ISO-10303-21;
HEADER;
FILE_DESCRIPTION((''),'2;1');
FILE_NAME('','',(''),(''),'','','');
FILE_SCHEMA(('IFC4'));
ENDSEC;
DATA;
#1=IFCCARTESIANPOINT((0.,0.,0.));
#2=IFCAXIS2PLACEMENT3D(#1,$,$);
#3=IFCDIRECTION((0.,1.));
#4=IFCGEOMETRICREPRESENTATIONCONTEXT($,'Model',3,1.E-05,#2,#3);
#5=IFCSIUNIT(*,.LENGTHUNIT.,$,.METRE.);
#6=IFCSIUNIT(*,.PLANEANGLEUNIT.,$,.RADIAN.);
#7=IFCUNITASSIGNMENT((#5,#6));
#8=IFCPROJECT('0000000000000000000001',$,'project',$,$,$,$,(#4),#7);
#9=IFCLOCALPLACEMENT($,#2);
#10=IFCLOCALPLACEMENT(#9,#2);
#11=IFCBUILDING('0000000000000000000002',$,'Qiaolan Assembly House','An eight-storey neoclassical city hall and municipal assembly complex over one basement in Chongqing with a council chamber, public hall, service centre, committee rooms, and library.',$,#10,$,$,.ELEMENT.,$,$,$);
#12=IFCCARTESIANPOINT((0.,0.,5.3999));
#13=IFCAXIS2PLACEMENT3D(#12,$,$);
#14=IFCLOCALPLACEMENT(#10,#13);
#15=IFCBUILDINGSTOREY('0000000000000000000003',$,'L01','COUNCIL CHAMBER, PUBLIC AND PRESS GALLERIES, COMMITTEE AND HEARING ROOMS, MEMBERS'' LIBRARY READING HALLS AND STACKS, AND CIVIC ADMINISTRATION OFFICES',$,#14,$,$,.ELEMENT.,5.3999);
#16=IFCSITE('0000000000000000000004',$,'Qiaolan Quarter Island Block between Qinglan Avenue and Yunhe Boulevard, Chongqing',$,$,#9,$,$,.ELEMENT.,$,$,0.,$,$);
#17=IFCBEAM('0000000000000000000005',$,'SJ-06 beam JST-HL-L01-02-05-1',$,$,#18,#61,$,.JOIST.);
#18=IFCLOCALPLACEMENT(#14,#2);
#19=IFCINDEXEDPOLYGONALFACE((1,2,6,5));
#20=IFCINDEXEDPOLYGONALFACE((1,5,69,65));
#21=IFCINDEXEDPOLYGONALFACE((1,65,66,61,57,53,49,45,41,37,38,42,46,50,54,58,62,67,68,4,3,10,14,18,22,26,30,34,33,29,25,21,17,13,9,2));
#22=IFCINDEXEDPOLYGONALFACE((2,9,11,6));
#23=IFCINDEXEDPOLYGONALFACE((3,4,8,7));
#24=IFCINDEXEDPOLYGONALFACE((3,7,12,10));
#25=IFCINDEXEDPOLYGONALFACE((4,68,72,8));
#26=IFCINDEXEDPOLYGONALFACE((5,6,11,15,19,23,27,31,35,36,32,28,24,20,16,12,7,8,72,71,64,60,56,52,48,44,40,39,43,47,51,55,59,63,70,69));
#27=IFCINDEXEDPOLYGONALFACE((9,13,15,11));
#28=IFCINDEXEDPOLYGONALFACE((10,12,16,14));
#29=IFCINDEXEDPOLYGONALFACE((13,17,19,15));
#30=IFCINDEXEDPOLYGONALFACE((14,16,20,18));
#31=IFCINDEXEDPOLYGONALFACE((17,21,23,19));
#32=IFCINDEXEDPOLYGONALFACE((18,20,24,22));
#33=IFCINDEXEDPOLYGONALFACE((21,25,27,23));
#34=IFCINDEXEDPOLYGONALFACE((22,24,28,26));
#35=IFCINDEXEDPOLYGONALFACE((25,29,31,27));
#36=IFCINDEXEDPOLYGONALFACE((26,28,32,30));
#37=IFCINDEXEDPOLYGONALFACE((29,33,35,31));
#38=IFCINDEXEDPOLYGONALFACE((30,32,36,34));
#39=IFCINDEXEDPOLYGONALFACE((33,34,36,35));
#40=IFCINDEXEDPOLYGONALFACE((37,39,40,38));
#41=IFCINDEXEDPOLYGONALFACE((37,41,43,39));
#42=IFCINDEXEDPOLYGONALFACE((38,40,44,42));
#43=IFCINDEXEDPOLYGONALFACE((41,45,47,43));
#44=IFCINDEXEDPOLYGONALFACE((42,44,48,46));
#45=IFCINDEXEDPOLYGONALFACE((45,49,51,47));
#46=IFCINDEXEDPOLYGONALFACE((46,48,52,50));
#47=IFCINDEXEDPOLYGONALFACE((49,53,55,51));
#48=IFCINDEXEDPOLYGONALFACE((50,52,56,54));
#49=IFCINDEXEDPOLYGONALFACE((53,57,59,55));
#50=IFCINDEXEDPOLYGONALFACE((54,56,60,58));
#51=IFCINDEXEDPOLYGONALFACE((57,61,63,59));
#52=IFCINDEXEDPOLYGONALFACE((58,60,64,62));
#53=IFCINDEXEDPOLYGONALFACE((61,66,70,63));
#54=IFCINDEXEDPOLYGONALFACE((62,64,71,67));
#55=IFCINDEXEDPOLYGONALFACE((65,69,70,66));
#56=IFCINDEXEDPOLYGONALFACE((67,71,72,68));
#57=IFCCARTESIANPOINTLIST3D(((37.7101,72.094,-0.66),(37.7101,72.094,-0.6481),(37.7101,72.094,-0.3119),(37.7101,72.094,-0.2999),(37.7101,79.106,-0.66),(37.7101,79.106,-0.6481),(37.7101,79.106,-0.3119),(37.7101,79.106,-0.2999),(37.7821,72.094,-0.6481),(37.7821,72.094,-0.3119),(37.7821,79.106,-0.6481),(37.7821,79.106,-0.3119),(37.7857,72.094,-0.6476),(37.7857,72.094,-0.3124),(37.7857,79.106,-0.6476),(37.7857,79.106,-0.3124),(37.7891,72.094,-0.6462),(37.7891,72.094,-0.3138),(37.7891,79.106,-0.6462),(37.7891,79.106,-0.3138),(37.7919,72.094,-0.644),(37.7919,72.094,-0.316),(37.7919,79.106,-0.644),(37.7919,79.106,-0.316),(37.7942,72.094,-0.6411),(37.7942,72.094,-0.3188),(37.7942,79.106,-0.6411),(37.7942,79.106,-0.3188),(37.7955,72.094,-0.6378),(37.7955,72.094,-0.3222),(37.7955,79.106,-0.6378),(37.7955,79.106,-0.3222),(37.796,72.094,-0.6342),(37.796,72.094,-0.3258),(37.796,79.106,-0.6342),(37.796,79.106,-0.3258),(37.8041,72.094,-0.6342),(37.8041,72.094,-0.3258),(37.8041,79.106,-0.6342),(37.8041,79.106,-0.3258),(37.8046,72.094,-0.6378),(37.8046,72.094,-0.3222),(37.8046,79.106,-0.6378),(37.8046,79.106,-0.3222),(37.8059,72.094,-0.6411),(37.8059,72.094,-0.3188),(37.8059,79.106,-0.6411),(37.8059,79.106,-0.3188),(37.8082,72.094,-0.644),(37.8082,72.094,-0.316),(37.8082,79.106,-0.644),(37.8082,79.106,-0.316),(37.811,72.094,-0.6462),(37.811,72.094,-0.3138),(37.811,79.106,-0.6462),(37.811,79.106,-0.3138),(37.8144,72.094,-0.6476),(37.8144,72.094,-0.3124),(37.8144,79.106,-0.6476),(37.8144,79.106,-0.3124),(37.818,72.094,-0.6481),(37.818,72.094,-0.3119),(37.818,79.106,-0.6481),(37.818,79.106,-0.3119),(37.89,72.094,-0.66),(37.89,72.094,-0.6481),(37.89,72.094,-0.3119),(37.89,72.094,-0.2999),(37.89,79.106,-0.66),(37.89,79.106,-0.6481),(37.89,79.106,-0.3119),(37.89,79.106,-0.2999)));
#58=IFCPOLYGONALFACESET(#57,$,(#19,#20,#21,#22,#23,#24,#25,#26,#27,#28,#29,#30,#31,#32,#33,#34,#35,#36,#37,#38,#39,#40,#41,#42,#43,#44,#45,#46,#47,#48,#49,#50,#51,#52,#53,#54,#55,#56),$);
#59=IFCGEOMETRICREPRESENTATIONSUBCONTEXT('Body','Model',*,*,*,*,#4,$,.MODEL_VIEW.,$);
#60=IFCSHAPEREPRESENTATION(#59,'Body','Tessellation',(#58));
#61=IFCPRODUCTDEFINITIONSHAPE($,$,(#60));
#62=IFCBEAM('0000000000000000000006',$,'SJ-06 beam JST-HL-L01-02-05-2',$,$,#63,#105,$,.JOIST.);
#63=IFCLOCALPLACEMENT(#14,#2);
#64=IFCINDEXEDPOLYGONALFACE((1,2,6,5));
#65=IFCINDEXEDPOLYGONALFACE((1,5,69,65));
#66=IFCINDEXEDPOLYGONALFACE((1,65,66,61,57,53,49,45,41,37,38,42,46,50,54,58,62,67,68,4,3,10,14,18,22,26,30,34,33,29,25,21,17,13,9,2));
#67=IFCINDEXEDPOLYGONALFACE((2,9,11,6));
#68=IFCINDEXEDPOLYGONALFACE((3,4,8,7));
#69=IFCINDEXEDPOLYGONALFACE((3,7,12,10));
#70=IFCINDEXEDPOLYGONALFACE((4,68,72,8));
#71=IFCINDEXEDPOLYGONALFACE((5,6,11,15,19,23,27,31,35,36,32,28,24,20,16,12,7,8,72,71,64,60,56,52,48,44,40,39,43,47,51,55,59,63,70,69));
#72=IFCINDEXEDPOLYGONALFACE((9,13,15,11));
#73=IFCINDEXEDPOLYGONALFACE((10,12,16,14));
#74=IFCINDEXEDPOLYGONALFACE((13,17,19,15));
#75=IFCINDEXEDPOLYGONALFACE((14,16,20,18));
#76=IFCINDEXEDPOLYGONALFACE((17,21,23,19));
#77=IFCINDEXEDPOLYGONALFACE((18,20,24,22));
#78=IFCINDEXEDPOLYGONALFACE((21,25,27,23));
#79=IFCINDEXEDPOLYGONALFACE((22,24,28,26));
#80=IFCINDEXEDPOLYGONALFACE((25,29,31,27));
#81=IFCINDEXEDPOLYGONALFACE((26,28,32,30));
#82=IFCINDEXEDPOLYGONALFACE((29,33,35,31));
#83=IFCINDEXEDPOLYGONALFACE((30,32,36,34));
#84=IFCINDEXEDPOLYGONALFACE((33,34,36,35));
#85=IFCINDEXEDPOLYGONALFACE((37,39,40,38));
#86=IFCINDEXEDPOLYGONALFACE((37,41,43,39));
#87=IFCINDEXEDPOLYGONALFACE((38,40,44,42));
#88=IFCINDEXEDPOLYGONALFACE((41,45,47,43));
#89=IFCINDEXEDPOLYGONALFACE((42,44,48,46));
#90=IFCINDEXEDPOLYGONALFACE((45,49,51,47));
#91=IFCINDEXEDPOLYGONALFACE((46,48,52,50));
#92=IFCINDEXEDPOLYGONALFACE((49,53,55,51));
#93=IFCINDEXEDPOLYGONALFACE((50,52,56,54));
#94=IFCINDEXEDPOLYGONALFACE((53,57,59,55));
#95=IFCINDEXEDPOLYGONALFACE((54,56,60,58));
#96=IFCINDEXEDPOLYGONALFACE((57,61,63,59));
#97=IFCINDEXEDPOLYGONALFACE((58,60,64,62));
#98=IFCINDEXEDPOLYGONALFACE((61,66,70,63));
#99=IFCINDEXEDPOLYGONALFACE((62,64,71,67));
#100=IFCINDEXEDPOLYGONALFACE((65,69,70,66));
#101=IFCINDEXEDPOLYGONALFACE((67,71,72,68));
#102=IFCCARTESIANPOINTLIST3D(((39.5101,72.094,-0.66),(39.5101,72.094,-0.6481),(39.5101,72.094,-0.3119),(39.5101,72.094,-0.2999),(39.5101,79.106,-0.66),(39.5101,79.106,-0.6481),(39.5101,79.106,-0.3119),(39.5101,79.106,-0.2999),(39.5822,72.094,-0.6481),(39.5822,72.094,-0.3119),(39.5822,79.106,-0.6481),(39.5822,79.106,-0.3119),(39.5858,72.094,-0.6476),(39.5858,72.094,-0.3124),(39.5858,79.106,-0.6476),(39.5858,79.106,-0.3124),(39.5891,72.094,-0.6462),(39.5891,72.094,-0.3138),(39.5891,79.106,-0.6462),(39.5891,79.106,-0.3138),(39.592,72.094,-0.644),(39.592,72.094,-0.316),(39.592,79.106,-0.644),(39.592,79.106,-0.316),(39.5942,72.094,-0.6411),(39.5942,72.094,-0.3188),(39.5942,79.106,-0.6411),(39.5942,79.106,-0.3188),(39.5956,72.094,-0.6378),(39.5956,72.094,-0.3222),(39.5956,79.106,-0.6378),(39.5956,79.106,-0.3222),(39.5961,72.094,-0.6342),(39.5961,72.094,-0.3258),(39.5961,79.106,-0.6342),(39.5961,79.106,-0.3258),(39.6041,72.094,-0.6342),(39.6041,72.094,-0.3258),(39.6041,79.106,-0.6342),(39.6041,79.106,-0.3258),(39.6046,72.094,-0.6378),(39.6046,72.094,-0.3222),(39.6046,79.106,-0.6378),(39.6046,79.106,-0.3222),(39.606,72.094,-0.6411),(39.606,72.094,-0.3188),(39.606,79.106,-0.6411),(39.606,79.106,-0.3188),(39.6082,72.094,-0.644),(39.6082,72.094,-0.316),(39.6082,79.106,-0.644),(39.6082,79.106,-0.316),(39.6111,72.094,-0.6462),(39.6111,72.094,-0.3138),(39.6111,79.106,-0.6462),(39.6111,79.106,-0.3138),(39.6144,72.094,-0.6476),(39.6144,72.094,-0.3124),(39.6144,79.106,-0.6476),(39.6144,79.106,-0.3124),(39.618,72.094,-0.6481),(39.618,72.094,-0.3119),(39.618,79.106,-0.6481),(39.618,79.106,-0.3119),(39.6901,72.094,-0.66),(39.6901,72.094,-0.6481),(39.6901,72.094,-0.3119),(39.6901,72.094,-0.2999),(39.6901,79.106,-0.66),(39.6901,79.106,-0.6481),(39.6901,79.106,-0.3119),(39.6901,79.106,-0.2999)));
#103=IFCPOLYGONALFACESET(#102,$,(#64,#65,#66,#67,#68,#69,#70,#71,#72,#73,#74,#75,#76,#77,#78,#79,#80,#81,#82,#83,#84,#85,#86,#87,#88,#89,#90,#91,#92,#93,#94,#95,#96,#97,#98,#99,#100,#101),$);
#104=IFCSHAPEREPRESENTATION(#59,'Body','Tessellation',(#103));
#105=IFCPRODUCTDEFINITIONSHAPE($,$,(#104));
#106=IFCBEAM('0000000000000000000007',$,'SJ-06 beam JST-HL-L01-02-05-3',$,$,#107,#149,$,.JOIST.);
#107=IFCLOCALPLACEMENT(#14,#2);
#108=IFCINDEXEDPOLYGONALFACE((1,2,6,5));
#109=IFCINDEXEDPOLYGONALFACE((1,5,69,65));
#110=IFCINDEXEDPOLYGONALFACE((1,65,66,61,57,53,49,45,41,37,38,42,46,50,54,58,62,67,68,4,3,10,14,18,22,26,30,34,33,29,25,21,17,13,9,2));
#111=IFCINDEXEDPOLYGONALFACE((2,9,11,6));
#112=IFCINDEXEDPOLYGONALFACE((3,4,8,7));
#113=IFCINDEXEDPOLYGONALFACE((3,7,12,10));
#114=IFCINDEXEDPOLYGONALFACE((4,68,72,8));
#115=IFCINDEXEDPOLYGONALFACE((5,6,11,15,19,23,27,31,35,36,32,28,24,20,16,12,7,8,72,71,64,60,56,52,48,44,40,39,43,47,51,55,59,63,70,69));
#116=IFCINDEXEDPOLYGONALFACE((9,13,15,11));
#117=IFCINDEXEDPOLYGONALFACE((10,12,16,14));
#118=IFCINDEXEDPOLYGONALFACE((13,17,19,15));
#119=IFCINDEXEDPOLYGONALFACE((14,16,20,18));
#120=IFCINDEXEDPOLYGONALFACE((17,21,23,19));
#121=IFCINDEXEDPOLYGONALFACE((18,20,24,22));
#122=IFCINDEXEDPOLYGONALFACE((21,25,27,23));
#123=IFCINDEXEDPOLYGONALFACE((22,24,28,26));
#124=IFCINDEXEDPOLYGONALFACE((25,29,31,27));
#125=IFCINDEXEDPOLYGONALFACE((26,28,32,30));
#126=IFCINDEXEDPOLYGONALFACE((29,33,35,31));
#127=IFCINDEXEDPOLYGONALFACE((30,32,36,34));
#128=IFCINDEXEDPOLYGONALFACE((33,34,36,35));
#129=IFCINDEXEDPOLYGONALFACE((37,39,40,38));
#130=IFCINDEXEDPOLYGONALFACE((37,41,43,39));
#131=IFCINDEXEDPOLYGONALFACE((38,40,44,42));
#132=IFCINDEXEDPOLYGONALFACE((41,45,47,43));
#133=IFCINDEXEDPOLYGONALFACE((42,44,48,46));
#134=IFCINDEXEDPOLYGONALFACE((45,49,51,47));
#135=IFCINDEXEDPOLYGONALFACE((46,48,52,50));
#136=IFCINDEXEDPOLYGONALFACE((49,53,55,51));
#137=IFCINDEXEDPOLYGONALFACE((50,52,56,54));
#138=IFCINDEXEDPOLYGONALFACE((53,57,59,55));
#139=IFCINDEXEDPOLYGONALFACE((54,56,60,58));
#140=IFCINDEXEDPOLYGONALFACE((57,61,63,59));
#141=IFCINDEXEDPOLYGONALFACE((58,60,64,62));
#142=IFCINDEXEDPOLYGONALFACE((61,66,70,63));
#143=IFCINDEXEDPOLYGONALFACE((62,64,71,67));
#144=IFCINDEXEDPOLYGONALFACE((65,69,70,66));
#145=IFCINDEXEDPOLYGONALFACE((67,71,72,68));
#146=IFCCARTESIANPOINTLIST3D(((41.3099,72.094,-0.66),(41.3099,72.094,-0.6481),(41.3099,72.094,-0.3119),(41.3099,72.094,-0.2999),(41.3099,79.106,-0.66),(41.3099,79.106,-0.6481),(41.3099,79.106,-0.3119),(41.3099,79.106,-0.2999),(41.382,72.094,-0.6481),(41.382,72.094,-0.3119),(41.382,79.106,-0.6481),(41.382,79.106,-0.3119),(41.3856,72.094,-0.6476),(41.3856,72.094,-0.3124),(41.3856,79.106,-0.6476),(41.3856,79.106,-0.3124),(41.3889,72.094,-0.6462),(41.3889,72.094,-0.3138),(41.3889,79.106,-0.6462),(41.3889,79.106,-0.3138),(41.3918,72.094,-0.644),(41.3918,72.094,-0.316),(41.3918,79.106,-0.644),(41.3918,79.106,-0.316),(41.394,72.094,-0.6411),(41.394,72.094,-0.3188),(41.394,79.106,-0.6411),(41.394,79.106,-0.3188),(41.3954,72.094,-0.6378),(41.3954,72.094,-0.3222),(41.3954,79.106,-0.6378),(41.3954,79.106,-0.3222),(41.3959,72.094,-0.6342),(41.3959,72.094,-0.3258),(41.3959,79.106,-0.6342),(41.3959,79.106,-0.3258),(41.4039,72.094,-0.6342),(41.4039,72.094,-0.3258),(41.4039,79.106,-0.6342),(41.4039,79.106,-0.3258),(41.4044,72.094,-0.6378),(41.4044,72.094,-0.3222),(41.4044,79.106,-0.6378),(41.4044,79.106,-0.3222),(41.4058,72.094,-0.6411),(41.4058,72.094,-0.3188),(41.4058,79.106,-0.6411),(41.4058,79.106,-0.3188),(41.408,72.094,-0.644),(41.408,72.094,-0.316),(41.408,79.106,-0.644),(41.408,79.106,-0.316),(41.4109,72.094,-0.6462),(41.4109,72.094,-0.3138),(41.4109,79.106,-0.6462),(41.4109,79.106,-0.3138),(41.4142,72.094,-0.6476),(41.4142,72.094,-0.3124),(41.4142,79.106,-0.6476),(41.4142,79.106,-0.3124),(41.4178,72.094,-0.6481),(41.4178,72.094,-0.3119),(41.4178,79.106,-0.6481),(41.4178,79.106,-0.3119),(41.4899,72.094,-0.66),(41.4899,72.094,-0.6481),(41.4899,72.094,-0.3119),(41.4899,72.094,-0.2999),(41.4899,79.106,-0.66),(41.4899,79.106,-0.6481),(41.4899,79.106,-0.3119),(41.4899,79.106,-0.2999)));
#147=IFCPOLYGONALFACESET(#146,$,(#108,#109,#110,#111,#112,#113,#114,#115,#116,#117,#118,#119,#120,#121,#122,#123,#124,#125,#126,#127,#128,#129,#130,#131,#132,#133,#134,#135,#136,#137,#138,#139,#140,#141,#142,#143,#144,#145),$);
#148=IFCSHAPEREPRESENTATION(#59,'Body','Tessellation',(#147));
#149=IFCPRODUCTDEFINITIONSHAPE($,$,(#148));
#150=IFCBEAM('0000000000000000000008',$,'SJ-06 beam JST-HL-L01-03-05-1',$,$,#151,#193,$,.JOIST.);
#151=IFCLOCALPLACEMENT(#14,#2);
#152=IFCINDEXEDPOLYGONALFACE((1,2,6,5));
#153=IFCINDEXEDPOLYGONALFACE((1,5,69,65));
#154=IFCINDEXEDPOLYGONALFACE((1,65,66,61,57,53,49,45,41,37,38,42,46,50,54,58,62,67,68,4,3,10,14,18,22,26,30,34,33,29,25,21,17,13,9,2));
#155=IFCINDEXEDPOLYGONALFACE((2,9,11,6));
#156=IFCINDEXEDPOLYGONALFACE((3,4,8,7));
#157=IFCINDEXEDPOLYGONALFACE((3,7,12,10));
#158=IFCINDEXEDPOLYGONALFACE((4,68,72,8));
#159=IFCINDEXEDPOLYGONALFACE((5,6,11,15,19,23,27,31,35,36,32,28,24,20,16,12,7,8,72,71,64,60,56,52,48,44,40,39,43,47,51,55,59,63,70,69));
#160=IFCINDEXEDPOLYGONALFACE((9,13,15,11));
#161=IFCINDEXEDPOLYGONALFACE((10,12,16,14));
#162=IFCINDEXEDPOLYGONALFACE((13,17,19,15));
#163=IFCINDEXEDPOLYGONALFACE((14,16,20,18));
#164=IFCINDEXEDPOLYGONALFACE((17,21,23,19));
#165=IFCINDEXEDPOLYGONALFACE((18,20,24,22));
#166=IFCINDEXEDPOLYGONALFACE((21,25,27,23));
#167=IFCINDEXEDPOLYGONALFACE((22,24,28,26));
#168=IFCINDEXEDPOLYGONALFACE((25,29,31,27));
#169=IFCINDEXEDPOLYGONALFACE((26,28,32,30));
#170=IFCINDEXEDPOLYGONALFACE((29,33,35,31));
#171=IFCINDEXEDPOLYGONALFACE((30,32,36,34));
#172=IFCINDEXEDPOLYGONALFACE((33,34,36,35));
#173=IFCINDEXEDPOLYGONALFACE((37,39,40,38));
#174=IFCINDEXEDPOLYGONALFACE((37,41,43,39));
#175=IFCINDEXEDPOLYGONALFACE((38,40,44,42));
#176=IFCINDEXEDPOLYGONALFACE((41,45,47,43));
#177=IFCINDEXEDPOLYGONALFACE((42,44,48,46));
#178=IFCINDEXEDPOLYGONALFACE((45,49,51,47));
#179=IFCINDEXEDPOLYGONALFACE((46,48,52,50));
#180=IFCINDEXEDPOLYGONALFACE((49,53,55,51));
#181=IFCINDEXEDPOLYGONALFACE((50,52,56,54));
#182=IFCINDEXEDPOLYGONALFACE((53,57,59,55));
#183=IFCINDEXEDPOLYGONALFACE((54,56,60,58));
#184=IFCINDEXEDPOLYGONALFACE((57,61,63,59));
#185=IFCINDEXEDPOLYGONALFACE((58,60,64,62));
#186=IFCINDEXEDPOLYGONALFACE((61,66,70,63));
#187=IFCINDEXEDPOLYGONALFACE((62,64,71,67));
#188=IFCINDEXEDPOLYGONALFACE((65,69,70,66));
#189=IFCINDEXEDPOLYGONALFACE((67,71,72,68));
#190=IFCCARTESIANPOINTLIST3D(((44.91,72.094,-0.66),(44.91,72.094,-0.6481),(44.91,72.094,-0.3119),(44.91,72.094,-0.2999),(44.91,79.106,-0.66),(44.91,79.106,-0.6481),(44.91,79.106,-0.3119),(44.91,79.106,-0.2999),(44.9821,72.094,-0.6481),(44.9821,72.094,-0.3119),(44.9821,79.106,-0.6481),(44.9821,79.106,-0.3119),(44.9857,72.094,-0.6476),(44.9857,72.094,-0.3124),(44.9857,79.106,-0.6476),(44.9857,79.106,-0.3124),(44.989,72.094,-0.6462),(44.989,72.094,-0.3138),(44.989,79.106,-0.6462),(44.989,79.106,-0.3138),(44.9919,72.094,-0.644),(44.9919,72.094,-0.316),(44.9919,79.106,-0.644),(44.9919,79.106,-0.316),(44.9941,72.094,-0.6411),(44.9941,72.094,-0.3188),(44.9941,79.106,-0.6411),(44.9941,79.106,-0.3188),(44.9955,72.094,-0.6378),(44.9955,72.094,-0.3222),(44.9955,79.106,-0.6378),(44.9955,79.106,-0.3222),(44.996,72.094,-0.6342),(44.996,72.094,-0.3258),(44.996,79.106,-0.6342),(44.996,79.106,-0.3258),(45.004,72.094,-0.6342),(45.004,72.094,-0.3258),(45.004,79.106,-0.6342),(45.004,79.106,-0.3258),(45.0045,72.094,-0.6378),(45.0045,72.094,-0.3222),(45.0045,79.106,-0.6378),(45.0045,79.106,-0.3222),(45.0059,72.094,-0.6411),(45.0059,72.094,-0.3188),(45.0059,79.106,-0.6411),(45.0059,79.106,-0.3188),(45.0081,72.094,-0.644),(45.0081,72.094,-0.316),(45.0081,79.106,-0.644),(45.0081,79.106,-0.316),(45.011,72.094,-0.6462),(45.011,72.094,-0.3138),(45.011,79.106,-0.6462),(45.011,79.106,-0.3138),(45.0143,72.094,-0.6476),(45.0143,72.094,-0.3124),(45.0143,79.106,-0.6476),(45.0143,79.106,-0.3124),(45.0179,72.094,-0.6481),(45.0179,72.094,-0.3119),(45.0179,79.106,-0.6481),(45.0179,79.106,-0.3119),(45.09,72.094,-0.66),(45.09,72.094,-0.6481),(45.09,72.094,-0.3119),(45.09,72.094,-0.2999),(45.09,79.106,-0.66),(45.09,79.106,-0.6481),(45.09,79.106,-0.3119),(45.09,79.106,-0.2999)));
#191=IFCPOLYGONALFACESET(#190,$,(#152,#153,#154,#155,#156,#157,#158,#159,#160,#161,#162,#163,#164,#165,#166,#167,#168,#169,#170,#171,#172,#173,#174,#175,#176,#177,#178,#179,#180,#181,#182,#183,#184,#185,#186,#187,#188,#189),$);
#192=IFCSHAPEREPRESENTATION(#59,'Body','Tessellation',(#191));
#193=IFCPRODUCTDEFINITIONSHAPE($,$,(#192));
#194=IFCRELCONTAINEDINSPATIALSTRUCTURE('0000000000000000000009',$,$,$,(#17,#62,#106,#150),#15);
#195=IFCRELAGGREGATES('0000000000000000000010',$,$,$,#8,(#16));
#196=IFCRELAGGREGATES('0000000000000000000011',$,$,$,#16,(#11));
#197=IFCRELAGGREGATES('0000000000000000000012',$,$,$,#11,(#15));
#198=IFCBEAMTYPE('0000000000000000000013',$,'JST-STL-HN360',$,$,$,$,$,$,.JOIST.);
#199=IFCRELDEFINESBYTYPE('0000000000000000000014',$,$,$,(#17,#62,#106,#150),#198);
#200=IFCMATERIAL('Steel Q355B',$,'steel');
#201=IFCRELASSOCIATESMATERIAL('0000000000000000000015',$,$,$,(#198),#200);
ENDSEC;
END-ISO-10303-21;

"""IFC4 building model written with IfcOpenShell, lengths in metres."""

from ifc_helpers import new_model, si_unit, direction, frame, origin, origin_2d, place, context, subcontext, project, spatial, i_section, extrude, material, material_profile, profile_set, type_object, element, save


model = new_model("IFC4")

# Units and contexts
model_context = context("Model", 3, precision=1e-05, world=origin(), true_north=direction((0.0, 1.0)))
body_context = subcontext(model_context, "Body", "Model", "MODEL_VIEW")
ifc_project = project(units=[si_unit("LENGTHUNIT", "METRE"), si_unit("PLANEANGLEUNIT", "RADIAN")], contexts=[model_context])

# Site, building, storey
site_placement = place(None, origin())
site = spatial("IfcSite", under=ifc_project, at=site_placement, Name="Qiaolan Quarter Island Block between Qinglan Avenue and Yunhe Boulevard, Chongqing", CompositionType="ELEMENT", RefElevation=0.0)
building_placement = place(site_placement, origin())
building = spatial("IfcBuilding", under=site, at=building_placement, Name="Qiaolan Assembly House", Description="An eight-storey neoclassical city hall and municipal assembly complex over one basement in Chongqing with a council chamber, public hall, service centre, committee rooms, and library.", CompositionType="ELEMENT")
storey_placement = place(building_placement, frame((0.0, 0.0, 5.3999)))
storey = spatial("IfcBuildingStorey", under=building, at=storey_placement, Name="L01", Description="COUNCIL CHAMBER, PUBLIC AND PRESS GALLERIES, COMMITTEE AND HEARING ROOMS, MEMBERS' LIBRARY READING HALLS AND STACKS, AND CIVIC ADMINISTRATION OFFICES", CompositionType="ELEMENT", Elevation=5.3999)

# Shared definitions
ifc_material_1 = material(Name="Steel Q355B", Category="steel")

# Beams
ifc_material_profile_1 = material_profile(ifc_material_1, i_section(OverallWidth=0.1799, OverallDepth=0.3601, WebThickness=0.0081, FlangeThickness=0.012, FilletRadius=0.0139, at=origin_2d()), Name="HN 360x180x8x12")
ifc_profile_set_1 = profile_set([ifc_material_profile_1], Name="Steel Q355B")
beam_type_1 = type_object("IfcBeamType", Name="JST-STL-HN360", PredefinedType="JOIST", material=ifc_profile_set_1)
for number, where, z_axis, x_axis, name in (
    (1, (37.8, 72.094, -0.48), (0.0, 1.0, 0.0), (-1.0, 0.0, 0.0), "SJ-06 beam JST-HL-L01-02-05-1"),
    (2, (39.6001, 72.094, -0.48), (0.0, 1.0, 0.0), (-1.0, 0.0, 0.0), "SJ-06 beam JST-HL-L01-02-05-2"),
    (3, (41.3999, 72.094, -0.48), (0.0, 1.0, 0.0), (-1.0, 0.0, 0.0), "SJ-06 beam JST-HL-L01-02-05-3"),
    (4, (45.0, 72.094, -0.48), (0.0, 1.0, 0.0), (-1.0, 0.0, 0.0), "SJ-06 beam JST-HL-L01-03-05-1"),
):
    element("IfcBeam", number, at=place(storey_placement, frame(where, z_axis=z_axis, x_axis=x_axis)), inside=storey, type_object=beam_type_1, Name=name, PredefinedType="JOIST", context=body_context, shape_type="SweptSolid", body=[
        extrude(i_section(OverallWidth=0.1799, OverallDepth=0.3601, WebThickness=0.0081, FlangeThickness=0.012, FilletRadius=0.0139, at=origin_2d()), origin(), (0.0, 0.0, 1.0), 7.012),
    ])

save(model, "model.ifc")
